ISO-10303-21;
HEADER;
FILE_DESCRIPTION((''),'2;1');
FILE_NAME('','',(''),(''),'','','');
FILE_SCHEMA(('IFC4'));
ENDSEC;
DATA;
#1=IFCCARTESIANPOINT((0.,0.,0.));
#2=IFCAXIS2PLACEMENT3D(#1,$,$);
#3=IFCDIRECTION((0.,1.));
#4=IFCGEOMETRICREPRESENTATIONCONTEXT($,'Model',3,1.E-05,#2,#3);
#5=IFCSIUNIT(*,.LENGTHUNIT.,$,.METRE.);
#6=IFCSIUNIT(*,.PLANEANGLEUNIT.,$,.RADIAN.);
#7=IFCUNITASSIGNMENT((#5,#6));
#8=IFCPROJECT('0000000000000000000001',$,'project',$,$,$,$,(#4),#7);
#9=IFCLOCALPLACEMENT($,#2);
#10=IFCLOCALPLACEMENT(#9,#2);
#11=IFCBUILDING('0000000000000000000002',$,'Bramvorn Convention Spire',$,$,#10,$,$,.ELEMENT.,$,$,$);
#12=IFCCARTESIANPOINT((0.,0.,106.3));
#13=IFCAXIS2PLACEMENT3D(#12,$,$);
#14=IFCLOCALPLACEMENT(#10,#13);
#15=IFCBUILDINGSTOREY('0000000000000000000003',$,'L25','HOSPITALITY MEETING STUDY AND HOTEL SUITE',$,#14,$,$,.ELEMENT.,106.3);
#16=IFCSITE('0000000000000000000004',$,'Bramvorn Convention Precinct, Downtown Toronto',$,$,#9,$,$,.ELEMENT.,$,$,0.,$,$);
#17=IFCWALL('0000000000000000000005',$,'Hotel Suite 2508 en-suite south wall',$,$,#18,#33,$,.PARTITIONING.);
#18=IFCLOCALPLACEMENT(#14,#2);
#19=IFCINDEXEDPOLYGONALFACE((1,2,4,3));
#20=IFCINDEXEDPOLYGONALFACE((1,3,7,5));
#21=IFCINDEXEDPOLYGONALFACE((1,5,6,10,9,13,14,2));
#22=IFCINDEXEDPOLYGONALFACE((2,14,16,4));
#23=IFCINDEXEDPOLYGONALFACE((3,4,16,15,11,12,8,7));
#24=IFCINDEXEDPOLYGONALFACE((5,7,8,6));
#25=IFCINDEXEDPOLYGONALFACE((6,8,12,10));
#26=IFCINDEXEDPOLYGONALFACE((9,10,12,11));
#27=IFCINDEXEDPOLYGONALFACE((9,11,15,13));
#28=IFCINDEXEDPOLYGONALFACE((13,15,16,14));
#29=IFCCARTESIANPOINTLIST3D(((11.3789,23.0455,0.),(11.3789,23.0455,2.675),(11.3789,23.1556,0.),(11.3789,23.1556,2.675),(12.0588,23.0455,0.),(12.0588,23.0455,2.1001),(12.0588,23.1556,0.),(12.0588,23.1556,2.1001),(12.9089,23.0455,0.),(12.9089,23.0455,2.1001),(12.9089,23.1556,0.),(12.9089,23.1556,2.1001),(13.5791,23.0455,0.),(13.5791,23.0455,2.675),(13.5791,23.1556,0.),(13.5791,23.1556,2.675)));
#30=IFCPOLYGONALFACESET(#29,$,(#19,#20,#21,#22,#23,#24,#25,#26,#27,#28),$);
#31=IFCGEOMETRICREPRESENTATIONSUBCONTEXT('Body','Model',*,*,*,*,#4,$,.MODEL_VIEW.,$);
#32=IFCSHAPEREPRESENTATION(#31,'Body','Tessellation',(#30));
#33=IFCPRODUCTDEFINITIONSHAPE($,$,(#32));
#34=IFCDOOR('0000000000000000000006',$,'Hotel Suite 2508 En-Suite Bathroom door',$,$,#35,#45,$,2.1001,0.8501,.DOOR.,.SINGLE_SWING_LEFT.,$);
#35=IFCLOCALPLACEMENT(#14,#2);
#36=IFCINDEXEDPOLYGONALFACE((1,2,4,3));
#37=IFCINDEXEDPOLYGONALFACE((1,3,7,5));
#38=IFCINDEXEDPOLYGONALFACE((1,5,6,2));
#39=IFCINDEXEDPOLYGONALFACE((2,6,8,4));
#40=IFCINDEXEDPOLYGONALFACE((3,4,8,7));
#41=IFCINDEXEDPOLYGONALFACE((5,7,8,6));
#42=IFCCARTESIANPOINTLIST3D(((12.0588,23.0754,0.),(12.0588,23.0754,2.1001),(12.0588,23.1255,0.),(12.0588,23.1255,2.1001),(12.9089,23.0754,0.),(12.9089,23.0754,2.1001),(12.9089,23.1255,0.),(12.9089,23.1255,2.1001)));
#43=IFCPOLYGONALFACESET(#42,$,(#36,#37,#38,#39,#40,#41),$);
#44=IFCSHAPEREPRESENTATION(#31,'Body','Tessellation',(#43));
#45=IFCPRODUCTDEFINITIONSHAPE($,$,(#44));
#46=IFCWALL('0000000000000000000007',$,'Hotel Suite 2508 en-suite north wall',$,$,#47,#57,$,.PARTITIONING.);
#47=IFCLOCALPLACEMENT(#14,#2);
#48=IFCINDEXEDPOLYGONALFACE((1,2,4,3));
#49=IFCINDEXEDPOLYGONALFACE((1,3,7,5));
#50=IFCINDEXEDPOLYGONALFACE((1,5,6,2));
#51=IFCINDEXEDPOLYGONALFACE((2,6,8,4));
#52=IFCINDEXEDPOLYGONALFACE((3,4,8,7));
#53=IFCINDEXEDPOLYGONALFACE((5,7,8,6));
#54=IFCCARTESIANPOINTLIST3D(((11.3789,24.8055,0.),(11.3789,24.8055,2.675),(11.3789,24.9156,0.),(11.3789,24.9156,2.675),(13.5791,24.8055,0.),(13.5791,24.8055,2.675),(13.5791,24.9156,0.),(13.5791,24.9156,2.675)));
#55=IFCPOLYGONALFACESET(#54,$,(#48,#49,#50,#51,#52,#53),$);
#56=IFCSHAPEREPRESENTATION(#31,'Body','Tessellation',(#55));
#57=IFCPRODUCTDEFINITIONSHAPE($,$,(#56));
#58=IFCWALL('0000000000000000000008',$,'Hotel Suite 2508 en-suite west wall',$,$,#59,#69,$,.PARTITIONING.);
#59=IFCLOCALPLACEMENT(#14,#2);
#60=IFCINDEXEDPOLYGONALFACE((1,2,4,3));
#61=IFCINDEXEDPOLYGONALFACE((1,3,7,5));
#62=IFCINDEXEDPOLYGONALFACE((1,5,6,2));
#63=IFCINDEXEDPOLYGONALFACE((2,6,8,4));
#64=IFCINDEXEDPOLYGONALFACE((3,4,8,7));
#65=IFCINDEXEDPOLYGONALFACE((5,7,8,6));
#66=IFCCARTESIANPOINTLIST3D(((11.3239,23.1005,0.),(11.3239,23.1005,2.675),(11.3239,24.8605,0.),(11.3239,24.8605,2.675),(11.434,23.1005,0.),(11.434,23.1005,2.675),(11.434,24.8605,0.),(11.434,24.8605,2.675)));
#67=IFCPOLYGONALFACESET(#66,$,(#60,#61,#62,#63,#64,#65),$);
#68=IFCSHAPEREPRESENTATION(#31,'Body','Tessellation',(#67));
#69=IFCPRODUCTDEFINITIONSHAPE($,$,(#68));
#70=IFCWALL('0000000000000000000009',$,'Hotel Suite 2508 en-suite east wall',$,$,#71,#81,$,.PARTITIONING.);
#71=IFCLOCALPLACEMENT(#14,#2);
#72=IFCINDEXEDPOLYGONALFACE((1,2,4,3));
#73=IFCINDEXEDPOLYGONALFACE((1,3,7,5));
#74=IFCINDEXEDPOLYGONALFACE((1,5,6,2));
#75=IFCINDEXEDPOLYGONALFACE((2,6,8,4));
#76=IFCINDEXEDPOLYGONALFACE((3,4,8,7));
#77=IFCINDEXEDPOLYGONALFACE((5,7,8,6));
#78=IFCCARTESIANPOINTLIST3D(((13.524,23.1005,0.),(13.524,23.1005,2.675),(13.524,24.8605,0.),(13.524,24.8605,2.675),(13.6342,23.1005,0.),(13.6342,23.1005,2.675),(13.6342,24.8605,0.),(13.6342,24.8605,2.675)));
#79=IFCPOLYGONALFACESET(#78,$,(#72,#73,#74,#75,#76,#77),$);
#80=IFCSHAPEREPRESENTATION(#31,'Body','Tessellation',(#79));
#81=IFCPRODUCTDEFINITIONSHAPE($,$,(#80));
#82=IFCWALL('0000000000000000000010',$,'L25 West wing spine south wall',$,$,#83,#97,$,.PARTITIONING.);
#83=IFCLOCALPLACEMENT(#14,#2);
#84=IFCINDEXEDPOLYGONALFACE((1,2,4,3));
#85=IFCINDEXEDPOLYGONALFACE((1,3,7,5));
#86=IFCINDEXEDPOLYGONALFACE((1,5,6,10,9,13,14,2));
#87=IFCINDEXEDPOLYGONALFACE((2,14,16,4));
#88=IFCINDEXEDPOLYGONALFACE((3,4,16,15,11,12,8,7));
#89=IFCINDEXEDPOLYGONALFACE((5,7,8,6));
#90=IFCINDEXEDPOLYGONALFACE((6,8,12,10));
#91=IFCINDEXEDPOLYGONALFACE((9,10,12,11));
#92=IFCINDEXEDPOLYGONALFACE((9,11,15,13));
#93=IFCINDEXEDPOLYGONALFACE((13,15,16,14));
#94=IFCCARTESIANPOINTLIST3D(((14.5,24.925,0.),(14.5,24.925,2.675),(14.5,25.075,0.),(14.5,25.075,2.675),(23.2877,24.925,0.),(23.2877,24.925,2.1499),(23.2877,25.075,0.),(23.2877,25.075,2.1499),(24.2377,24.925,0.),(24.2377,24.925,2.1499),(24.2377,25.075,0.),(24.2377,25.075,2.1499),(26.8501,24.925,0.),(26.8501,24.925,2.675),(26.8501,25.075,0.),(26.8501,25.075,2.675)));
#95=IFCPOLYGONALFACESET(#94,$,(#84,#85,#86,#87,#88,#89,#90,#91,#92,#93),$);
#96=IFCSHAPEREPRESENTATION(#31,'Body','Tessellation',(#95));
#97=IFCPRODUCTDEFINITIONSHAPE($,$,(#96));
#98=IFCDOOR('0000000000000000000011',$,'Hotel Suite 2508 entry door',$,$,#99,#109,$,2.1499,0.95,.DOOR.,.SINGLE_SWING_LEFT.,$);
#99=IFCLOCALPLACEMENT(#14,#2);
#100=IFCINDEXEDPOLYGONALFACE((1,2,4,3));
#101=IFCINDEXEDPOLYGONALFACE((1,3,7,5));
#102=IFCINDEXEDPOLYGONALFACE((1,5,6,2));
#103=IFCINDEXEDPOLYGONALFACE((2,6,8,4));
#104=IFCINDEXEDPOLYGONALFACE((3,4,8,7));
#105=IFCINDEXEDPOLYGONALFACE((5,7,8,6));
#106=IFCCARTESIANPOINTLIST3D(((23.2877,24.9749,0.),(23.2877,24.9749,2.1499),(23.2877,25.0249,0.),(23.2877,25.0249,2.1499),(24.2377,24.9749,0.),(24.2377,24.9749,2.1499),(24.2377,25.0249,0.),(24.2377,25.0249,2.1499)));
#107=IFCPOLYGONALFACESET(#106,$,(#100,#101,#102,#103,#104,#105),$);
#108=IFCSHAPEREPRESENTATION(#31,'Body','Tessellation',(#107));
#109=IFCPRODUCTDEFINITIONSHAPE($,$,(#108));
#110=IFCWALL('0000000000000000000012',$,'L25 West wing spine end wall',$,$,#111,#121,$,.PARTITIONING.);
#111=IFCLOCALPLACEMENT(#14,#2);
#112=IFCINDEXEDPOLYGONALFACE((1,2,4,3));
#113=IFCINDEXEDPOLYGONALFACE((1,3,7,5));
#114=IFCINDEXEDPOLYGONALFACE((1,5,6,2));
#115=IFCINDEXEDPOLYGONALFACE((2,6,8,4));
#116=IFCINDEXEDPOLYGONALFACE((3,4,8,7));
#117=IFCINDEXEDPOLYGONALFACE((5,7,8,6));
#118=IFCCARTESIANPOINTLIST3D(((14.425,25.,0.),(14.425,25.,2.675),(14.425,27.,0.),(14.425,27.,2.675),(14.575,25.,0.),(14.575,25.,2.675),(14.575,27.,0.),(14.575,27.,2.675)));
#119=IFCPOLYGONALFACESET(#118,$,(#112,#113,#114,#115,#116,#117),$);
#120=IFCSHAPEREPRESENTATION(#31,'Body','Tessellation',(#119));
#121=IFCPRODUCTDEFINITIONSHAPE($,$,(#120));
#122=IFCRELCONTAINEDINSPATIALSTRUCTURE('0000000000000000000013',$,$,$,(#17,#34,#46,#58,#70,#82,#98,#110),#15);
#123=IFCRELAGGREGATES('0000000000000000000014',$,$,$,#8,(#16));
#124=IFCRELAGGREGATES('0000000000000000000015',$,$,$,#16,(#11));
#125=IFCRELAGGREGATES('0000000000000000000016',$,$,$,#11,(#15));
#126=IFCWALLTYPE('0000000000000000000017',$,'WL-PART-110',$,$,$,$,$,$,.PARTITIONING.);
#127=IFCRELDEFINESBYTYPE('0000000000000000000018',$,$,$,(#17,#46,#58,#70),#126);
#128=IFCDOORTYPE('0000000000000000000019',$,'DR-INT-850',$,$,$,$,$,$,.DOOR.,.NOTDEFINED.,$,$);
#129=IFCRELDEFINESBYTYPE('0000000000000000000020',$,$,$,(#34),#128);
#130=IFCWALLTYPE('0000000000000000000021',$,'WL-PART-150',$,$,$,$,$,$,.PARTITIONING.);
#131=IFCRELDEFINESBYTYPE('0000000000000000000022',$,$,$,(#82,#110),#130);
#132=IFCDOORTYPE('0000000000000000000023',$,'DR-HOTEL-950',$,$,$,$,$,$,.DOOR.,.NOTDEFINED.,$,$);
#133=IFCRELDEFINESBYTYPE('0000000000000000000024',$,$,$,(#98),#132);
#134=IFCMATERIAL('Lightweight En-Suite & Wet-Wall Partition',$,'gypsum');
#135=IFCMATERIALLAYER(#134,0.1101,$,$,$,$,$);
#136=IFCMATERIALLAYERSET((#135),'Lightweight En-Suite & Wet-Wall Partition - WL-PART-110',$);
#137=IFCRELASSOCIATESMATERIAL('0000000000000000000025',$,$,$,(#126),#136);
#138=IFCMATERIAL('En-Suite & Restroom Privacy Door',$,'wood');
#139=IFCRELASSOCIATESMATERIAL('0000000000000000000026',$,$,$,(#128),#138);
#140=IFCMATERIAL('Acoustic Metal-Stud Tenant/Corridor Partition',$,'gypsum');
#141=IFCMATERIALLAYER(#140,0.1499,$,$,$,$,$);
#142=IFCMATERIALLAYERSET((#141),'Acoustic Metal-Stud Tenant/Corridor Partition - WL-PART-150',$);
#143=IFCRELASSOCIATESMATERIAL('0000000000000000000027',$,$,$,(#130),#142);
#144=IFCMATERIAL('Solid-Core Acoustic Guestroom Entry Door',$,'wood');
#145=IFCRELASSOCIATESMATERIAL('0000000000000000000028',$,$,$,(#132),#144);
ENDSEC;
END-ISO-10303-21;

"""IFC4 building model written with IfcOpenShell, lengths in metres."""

from ifc_helpers import new_model, si_unit, direction, frame, frame_2d, origin, place, context, subcontext, project, spatial, rectangle, extrude, material, layer, layer_set, type_object, element, fill, save


model = new_model("IFC4")

# Units and contexts
model_context = context("Model", 3, precision=1e-05, world=origin(), true_north=direction((0.0, 1.0)))
body_context = subcontext(model_context, "Body", "Model", "MODEL_VIEW")
ifc_project = project(units=[si_unit("LENGTHUNIT", "METRE"), si_unit("PLANEANGLEUNIT", "RADIAN")], contexts=[model_context])

# Site, building, storey
site_placement = place(None, origin())
site = spatial("IfcSite", under=ifc_project, at=site_placement, Name="Bramvorn Convention Precinct, Downtown Toronto", CompositionType="ELEMENT", RefElevation=0.0)
building_placement = place(site_placement, origin())
building = spatial("IfcBuilding", under=site, at=building_placement, Name="Bramvorn Convention Spire", CompositionType="ELEMENT")
storey_placement = place(building_placement, frame((0.0, 0.0, 106.3)))
storey = spatial("IfcBuildingStorey", under=building, at=storey_placement, Name="L25", Description="HOSPITALITY MEETING STUDY AND HOTEL SUITE", CompositionType="ELEMENT", Elevation=106.3)

# Wall, opening, door
ifc_material_1 = material(Name="Lightweight En-Suite & Wet-Wall Partition", Category="gypsum")
ifc_layer_1 = layer(ifc_material_1, 0.1101)
ifc_layer_set_1 = layer_set([ifc_layer_1], Name="Lightweight En-Suite & Wet-Wall Partition - WL-PART-110")
wall_type_1 = type_object("IfcWallType", Name="WL-PART-110", PredefinedType="PARTITIONING", material=ifc_layer_set_1)
wall_1_placement = place(storey_placement, frame((11.3789, 23.1006, 0.0), z_axis=(0.0, 0.0, 1.0), x_axis=(1.0, 0.0, 0.0)))
wall_1 = element("IfcWall", 1, at=wall_1_placement, inside=storey, type_object=wall_type_1, Name="Hotel Suite 2508 en-suite south wall", PredefinedType="PARTITIONING", context=body_context, shape_type="SweptSolid", body=[
    extrude(rectangle(XDim=2.2002, YDim=0.1101, at=frame_2d((1.1001, 0.0))), origin(), (0.0, 0.0, 1.0), 2.675),
])
opening_1_placement = place(wall_1_placement, frame((0.6799, 0.0, 0.0)))
opening_1 = element("IfcOpeningElement", 2, at=opening_1_placement, cuts=wall_1, PredefinedType="OPENING", context=body_context, shape_type="SweptSolid", body=[
    extrude(rectangle(XDim=0.8501, YDim=2.1001, at=frame_2d((0.425, 1.05))), frame((0.0, 0.0649, 0.0), z_axis=(0.0, -1.0, 0.0), x_axis=(1.0, 0.0, 0.0)), (0.0, 0.0, 1.0), 0.1301),
])
ifc_material_2 = material(Name="En-Suite & Restroom Privacy Door", Category="wood")
door_type_1 = type_object("IfcDoorType", Name="DR-INT-850", OperationType="NOTDEFINED", PredefinedType="DOOR", material=ifc_material_2)
door_1_placement = place(opening_1_placement, origin())
door_1 = element("IfcDoor", 3, at=door_1_placement, inside=storey, type_object=door_type_1, Name="Hotel Suite 2508 En-Suite Bathroom door", OperationType="SINGLE_SWING_LEFT", OverallHeight=2.1001, OverallWidth=0.8501, PredefinedType="DOOR", context=body_context, shape_type="SweptSolid", body=[
    extrude(rectangle(XDim=0.8501, YDim=2.1001, at=frame_2d((0.425, 1.05))), frame((0.0, 0.0249, 0.0), z_axis=(0.0, -1.0, 0.0), x_axis=(1.0, 0.0, 0.0)), (0.0, 0.0, 1.0), 0.05),
])
fill(opening_1, door_1)

# Walls
wall_2_placement = place(storey_placement, frame((11.3789, 24.8606, 0.0), z_axis=(0.0, 0.0, 1.0), x_axis=(1.0, 0.0, 0.0)))
element("IfcWall", 4, at=wall_2_placement, inside=storey, type_object=wall_type_1, Name="Hotel Suite 2508 en-suite north wall", PredefinedType="PARTITIONING", context=body_context, shape_type="SweptSolid", body=[
    extrude(rectangle(XDim=2.2002, YDim=0.1101, at=frame_2d((1.1001, 0.0))), origin(), (0.0, 0.0, 1.0), 2.675),
])
for number, where, z_axis, x_axis, name in (
    (5, (11.3789, 23.1006, 0.0), (0.0, 0.0, 1.0), (0.0, 1.0, 0.0), "Hotel Suite 2508 en-suite west wall"),
    (6, (13.5791, 23.1006, 0.0), (0.0, 0.0, 1.0), (0.0, 1.0, 0.0), "Hotel Suite 2508 en-suite east wall"),
):
    element("IfcWall", number, at=place(storey_placement, frame(where, z_axis=z_axis, x_axis=x_axis)), inside=storey, type_object=wall_type_1, Name=name, PredefinedType="PARTITIONING", context=body_context, shape_type="SweptSolid", body=[
        extrude(rectangle(XDim=1.76, YDim=0.1101, at=frame_2d((0.8799, 0.0))), origin(), (0.0, 0.0, 1.0), 2.675),
    ])

# Wall, opening, door
ifc_material_3 = material(Name="Acoustic Metal-Stud Tenant/Corridor Partition", Category="gypsum")
ifc_layer_2 = layer(ifc_material_3, 0.1499)
ifc_layer_set_2 = layer_set([ifc_layer_2], Name="Acoustic Metal-Stud Tenant/Corridor Partition - WL-PART-150")
wall_type_2 = type_object("IfcWallType", Name="WL-PART-150", PredefinedType="PARTITIONING", material=ifc_layer_set_2)
wall_3_placement = place(storey_placement, frame((14.5, 25.0, 0.0), z_axis=(0.0, 0.0, 1.0), x_axis=(1.0, 0.0, 0.0)))
wall_3 = element("IfcWall", 7, at=wall_3_placement, inside=storey, type_object=wall_type_2, Name="L25 West wing spine south wall", PredefinedType="PARTITIONING", context=body_context, shape_type="SweptSolid", body=[
    extrude(rectangle(XDim=12.3501, YDim=0.1499, at=frame_2d((6.175, 0.0))), origin(), (0.0, 0.0, 1.0), 2.675),
])
opening_2_placement = place(wall_3_placement, frame((8.7876, 0.0, 0.0)))
opening_2 = element("IfcOpeningElement", 8, at=opening_2_placement, cuts=wall_3, PredefinedType="OPENING", context=body_context, shape_type="SweptSolid", body=[
    extrude(rectangle(XDim=0.95, YDim=2.1499, at=frame_2d((0.4751, 1.075))), frame((0.0, 0.085, 0.0), z_axis=(0.0, -1.0, 0.0), x_axis=(1.0, 0.0, 0.0)), (0.0, 0.0, 1.0), 0.1699),
])
ifc_material_4 = material(Name="Solid-Core Acoustic Guestroom Entry Door", Category="wood")
door_type_2 = type_object("IfcDoorType", Name="DR-HOTEL-950", OperationType="NOTDEFINED", PredefinedType="DOOR", material=ifc_material_4)
door_2_placement = place(opening_2_placement, origin())
door_2 = element("IfcDoor", 9, at=door_2_placement, inside=storey, type_object=door_type_2, Name="Hotel Suite 2508 entry door", OperationType="SINGLE_SWING_LEFT", OverallHeight=2.1499, OverallWidth=0.95, PredefinedType="DOOR", context=body_context, shape_type="SweptSolid", body=[
    extrude(rectangle(XDim=0.95, YDim=2.1499, at=frame_2d((0.4751, 1.075))), frame((0.0, 0.0249, 0.0), z_axis=(0.0, -1.0, 0.0), x_axis=(1.0, 0.0, 0.0)), (0.0, 0.0, 1.0), 0.05),
])
fill(opening_2, door_2)

# Wall
wall_4_placement = place(storey_placement, frame((14.5, 25.0, 0.0), z_axis=(0.0, 0.0, 1.0), x_axis=(0.0, 1.0, 0.0)))
element("IfcWall", 10, at=wall_4_placement, inside=storey, type_object=wall_type_2, Name="L25 West wing spine end wall", PredefinedType="PARTITIONING", context=body_context, shape_type="SweptSolid", body=[
    extrude(rectangle(XDim=2.0, YDim=0.1499, at=frame_2d((1.0, 0.0))), origin(), (0.0, 0.0, 1.0), 2.675),
])

save(model, "model.ifc")
